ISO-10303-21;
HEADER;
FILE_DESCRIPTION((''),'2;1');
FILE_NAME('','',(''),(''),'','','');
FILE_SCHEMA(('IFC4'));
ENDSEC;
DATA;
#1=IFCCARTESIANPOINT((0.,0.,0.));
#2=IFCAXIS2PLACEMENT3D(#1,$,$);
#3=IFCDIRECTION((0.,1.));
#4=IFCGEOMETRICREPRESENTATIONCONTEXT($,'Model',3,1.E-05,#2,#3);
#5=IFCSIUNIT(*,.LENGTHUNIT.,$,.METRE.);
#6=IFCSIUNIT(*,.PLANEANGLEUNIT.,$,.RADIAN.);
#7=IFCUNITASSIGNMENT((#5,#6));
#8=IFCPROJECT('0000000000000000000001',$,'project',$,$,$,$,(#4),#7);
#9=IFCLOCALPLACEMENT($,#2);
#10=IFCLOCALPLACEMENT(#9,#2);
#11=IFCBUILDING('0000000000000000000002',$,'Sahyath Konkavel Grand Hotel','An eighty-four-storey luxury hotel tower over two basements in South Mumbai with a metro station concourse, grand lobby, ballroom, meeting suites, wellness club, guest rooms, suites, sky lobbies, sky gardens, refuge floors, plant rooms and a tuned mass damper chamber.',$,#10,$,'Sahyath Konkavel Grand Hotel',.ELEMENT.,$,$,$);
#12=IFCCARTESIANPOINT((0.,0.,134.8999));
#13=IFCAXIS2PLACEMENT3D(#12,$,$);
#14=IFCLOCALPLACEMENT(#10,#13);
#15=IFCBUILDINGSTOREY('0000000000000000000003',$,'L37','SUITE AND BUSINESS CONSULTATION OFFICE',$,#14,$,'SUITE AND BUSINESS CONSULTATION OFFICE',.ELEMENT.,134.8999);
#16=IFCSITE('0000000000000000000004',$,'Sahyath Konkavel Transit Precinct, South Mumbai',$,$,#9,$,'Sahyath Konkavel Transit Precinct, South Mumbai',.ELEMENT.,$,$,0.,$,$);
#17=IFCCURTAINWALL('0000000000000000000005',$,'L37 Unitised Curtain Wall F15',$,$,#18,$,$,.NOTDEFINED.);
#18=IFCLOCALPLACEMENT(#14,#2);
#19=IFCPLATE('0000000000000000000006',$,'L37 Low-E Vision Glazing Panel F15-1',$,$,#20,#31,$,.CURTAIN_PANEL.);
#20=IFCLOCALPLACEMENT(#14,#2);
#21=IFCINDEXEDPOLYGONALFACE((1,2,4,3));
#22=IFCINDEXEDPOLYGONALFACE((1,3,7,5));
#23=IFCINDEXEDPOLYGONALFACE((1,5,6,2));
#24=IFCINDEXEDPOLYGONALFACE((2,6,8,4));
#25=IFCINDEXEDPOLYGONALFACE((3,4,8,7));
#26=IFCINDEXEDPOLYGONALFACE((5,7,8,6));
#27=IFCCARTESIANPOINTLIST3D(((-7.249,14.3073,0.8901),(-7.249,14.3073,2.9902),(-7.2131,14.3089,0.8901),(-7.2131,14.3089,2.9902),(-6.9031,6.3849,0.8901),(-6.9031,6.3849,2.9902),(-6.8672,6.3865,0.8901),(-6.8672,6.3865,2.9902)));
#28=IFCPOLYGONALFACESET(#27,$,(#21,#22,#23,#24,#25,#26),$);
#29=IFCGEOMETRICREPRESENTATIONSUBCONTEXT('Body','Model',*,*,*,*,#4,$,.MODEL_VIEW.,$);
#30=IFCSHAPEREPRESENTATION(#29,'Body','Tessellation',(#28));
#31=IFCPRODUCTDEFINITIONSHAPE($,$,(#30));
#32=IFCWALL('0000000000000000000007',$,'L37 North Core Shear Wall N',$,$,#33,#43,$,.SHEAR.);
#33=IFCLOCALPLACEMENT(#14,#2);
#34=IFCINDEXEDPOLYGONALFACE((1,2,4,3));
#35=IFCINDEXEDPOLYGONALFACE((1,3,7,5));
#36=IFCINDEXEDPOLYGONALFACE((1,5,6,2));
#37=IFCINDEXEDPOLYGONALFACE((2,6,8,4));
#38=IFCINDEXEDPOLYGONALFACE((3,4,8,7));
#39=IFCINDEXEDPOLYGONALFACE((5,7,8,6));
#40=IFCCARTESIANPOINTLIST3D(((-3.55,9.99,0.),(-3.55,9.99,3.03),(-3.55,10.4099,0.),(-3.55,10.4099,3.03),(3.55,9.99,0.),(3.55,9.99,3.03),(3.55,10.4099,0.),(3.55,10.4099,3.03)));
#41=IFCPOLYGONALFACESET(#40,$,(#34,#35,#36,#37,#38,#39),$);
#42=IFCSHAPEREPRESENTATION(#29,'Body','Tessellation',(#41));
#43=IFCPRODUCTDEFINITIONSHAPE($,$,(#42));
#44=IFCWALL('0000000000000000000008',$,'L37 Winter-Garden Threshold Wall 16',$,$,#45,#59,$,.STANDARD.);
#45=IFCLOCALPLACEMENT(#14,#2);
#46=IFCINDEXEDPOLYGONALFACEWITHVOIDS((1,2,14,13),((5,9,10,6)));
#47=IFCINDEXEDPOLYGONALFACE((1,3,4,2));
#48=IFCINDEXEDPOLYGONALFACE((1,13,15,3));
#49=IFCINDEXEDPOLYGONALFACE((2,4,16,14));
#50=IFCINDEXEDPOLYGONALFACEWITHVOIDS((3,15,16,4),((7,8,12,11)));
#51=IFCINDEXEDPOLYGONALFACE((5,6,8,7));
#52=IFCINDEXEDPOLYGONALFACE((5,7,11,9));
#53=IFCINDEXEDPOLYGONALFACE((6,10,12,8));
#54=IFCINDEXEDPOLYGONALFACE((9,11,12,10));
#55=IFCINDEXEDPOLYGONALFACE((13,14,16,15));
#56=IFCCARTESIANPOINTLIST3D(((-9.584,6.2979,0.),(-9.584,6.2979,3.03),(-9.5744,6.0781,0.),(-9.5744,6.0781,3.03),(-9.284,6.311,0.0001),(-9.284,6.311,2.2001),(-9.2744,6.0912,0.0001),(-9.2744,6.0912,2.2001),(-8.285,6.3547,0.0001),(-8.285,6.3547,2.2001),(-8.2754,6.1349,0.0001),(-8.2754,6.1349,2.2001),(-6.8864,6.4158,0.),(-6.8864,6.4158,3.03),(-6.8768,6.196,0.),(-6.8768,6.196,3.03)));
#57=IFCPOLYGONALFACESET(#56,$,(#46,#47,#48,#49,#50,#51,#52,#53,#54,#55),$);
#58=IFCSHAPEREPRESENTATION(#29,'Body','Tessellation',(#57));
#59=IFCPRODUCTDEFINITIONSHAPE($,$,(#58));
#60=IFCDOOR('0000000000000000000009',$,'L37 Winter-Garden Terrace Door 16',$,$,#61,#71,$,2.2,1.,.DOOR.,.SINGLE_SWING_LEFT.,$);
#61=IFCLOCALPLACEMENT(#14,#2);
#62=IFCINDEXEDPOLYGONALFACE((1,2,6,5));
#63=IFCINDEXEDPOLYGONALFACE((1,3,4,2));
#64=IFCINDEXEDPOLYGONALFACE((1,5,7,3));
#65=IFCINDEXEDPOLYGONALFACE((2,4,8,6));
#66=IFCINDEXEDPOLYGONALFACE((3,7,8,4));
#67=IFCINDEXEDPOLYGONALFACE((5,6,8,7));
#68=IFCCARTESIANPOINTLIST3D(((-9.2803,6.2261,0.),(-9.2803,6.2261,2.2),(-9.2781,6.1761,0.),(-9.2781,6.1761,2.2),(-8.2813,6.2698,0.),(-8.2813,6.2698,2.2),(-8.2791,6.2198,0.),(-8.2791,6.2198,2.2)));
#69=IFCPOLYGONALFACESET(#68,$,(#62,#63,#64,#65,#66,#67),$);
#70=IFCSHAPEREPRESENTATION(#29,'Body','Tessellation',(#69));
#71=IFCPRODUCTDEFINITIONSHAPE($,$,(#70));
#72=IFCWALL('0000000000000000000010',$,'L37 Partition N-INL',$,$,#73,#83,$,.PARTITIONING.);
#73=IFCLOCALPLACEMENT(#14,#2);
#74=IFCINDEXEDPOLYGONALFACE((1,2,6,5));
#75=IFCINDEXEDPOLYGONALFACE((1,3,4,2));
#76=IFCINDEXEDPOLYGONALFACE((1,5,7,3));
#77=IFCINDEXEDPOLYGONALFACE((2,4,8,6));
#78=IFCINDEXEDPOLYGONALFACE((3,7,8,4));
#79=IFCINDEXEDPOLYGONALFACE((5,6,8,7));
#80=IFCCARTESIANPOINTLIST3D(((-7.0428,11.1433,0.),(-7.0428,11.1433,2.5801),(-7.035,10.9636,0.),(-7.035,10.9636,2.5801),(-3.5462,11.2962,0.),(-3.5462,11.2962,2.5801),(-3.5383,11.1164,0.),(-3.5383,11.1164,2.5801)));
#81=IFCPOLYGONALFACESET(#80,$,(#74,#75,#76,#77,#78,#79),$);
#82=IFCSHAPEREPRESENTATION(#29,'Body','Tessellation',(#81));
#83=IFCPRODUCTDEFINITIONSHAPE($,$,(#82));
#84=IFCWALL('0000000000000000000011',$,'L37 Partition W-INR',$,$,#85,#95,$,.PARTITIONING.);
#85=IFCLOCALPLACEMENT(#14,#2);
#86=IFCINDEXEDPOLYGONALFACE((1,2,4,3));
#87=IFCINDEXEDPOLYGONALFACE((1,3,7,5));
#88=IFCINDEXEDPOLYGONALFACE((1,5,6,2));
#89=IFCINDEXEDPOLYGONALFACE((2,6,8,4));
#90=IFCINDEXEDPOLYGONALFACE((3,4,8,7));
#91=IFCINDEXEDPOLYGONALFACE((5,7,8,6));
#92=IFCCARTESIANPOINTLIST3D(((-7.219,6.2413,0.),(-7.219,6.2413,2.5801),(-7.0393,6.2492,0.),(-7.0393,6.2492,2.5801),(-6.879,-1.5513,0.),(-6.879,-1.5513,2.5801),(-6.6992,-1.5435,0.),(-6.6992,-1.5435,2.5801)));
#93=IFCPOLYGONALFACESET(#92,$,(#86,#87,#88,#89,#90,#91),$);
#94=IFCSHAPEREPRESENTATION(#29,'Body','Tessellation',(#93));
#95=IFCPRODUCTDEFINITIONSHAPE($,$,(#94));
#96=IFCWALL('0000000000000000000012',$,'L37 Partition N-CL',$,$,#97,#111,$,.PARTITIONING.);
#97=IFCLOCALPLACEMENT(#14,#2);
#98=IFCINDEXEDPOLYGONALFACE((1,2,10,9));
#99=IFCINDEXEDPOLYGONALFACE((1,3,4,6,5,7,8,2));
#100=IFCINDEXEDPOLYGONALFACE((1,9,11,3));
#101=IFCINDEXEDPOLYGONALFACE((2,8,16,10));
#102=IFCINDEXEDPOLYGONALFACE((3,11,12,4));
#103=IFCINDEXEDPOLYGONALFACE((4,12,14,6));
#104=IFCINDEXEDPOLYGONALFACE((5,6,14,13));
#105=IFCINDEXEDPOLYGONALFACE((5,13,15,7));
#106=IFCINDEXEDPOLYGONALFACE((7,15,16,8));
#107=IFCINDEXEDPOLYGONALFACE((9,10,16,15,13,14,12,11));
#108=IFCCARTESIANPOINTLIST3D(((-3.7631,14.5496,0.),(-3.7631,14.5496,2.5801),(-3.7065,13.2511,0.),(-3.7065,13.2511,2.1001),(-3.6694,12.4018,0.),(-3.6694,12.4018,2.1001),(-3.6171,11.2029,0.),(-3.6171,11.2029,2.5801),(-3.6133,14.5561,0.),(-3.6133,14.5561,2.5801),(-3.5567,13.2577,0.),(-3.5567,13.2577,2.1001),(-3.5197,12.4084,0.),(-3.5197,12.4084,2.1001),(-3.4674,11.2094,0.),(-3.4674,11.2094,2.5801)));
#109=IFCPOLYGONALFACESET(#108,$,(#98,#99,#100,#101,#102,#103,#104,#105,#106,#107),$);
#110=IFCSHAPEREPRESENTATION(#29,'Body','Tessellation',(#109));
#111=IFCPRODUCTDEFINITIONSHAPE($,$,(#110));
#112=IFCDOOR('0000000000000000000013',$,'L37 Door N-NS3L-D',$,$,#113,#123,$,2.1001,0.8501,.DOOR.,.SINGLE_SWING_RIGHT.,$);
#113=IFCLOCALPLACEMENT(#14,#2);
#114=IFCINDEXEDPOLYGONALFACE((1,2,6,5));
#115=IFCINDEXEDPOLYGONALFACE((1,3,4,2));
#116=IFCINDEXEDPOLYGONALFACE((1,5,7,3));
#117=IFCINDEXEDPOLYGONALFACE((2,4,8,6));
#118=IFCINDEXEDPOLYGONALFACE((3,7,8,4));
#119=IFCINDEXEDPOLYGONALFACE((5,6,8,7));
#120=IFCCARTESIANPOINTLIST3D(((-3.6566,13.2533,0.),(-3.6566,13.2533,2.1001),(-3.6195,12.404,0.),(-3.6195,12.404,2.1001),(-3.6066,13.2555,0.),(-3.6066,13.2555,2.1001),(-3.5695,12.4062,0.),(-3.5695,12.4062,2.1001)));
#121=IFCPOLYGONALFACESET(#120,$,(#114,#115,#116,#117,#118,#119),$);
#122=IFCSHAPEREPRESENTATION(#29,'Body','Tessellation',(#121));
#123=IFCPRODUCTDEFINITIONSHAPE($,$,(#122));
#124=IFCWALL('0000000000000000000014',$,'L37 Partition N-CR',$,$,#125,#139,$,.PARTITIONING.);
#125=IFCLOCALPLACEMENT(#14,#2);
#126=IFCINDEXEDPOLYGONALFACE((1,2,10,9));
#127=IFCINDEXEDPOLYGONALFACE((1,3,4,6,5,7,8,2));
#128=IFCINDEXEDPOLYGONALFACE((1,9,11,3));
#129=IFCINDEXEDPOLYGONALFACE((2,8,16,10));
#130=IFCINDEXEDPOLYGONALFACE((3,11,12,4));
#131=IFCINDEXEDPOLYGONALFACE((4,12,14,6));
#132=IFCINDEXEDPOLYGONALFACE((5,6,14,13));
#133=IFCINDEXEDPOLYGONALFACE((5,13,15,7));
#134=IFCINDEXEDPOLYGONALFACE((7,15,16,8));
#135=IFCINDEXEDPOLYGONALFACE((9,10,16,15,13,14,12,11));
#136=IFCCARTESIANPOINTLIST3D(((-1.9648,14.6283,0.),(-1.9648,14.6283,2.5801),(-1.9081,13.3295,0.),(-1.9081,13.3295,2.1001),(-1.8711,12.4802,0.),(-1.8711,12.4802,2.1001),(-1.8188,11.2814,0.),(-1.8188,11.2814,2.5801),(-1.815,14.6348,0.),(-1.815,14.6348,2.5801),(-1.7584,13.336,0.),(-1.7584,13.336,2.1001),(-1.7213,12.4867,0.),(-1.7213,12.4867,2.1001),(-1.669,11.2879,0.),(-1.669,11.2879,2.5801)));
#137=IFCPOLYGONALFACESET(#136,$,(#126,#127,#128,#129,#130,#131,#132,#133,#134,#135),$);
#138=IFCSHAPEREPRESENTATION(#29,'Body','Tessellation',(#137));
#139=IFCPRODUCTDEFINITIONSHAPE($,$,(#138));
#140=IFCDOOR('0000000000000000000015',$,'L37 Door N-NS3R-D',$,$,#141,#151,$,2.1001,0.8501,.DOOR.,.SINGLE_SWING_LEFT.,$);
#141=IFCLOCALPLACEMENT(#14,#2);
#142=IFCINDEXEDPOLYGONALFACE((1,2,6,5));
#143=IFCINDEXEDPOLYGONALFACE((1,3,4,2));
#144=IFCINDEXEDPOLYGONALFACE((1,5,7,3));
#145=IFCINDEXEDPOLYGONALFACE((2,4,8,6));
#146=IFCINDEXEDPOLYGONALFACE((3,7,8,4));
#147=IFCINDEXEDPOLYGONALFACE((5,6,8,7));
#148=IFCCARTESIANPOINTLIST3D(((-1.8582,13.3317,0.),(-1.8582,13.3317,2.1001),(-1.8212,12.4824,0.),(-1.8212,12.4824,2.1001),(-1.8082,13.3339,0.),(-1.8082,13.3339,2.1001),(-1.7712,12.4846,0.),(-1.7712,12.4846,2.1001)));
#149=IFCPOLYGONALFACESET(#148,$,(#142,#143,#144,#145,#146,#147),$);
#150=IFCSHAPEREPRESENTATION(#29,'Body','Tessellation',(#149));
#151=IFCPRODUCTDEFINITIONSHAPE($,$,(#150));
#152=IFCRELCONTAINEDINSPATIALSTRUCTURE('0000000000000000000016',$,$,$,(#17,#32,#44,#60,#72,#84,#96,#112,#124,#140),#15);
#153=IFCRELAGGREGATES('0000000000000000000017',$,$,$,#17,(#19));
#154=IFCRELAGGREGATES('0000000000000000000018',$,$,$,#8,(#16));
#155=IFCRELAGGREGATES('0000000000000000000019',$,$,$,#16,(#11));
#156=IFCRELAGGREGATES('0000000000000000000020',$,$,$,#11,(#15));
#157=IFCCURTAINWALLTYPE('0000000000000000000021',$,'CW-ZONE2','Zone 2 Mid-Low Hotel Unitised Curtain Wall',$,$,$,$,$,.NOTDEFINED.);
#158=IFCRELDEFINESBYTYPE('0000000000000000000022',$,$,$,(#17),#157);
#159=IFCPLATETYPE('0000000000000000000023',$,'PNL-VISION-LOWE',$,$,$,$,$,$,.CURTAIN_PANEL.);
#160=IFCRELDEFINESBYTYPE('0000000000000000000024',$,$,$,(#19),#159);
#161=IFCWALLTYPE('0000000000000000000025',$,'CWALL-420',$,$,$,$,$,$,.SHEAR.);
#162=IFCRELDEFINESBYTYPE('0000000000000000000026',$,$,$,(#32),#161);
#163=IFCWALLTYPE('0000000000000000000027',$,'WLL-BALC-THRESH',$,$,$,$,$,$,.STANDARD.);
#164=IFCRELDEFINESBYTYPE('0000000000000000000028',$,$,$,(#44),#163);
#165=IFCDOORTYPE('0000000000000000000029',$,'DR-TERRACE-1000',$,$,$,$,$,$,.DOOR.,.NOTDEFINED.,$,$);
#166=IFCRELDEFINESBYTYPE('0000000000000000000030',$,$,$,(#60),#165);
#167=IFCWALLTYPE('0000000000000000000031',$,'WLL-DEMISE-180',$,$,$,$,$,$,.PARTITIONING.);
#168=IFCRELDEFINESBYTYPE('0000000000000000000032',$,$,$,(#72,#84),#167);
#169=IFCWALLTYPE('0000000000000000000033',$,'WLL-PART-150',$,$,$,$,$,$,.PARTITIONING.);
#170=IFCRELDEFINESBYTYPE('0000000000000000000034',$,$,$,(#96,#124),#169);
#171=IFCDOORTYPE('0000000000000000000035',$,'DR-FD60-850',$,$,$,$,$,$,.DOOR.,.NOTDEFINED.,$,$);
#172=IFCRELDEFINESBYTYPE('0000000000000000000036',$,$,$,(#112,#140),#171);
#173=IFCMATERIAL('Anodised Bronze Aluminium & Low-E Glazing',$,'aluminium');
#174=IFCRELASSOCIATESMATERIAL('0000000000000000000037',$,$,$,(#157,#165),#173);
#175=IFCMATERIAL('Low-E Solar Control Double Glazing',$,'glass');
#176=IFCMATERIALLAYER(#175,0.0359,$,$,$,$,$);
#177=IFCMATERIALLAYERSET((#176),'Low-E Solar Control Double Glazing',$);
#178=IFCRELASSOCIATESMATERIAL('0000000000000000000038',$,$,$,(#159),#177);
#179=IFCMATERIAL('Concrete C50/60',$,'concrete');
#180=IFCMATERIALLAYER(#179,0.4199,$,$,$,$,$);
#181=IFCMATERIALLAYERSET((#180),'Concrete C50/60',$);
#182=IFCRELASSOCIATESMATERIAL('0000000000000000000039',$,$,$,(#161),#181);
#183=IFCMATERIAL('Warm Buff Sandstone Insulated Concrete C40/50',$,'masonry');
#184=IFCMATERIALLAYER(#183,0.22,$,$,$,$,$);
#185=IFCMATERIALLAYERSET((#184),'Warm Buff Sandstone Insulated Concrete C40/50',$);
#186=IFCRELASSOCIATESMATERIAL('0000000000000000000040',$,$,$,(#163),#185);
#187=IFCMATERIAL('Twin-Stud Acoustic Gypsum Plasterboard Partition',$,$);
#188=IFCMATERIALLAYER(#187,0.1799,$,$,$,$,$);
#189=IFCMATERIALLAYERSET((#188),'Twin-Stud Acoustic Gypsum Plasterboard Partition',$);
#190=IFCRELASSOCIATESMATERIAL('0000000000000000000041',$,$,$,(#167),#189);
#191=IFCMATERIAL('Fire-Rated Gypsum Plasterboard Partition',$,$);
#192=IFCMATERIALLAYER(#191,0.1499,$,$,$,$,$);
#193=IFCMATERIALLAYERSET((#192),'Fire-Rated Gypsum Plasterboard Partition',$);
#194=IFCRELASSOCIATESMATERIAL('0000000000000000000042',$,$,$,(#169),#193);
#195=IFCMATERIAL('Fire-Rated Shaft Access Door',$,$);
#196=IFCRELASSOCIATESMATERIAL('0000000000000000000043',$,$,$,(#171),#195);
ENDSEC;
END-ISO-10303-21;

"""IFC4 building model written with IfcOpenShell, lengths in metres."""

from ifc_helpers import new_model, si_unit, direction, frame, frame_2d, origin, origin_2d, place, context, subcontext, project, spatial, rectangle, extrude, source, transform, mapped, material, layer, layer_set, type_object, element, fill, aggregate, save


model = new_model("IFC4")

# Units and contexts
model_context = context("Model", 3, precision=1e-05, world=origin(), true_north=direction((0.0, 1.0)))
body_context = subcontext(model_context, "Body", "Model", "MODEL_VIEW")
ifc_project = project(units=[si_unit("LENGTHUNIT", "METRE"), si_unit("PLANEANGLEUNIT", "RADIAN")], contexts=[model_context])

# Site, building, storey
site_placement = place(None, origin())
site = spatial("IfcSite", under=ifc_project, at=site_placement, Name="Sahyath Konkavel Transit Precinct, South Mumbai", LongName="Sahyath Konkavel Transit Precinct, South Mumbai", CompositionType="ELEMENT", RefElevation=0.0)
building_placement = place(site_placement, origin())
building = spatial("IfcBuilding", under=site, at=building_placement, Name="Sahyath Konkavel Grand Hotel", Description="An eighty-four-storey luxury hotel tower over two basements in South Mumbai with a metro station concourse, grand lobby, ballroom, meeting suites, wellness club, guest rooms, suites, sky lobbies, sky gardens, refuge floors, plant rooms and a tuned mass damper chamber.", LongName="Sahyath Konkavel Grand Hotel", CompositionType="ELEMENT")
storey_placement = place(building_placement, frame((0.0, 0.0, 134.8999)))
storey = spatial("IfcBuildingStorey", under=building, at=storey_placement, Name="L37", Description="SUITE AND BUSINESS CONSULTATION OFFICE", LongName="SUITE AND BUSINESS CONSULTATION OFFICE", CompositionType="ELEMENT", Elevation=134.8999)

# Curtain wall
ifc_material_1 = material(Name="Anodised Bronze Aluminium & Low-E Glazing", Category="aluminium")
curtain_wall_type = type_object("IfcCurtainWallType", Name="CW-ZONE2", Description="Zone 2 Mid-Low Hotel Unitised Curtain Wall", PredefinedType="NOTDEFINED", material=ifc_material_1)
curtain_wall_1_placement = place(storey_placement, origin())
curtain_wall_1 = element("IfcCurtainWall", 1, at=curtain_wall_1_placement, inside=storey, type_object=curtain_wall_type, Name="L37 Unitised Curtain Wall F15", PredefinedType="NOTDEFINED")

# Plate
ifc_material_2 = material(Name="Low-E Solar Control Double Glazing", Category="glass")
ifc_layer_1 = layer(ifc_material_2, 0.0359)
ifc_layer_set_1 = layer_set([ifc_layer_1], Name="Low-E Solar Control Double Glazing")
plate_type_1 = type_object("IfcPlateType", Name="PNL-VISION-LOWE", PredefinedType="CURTAIN_PANEL", material=ifc_layer_set_1)
shared_shape_1 = source(origin(), body_context, "Body", "SweptSolid", [
    extrude(rectangle(XDim=7.9299, YDim=0.0359, at=origin_2d()), origin(), (0.0, 0.0, 1.0), 2.1001),
])
plate_1_placement = place(storey_placement, frame((-7.0581, 10.3469, 0.8901), z_axis=(0.0, 0.0, 1.0), x_axis=(0.043619, -0.999048, 0.0)))
plate_1 = element("IfcPlate", 2, at=plate_1_placement, type_object=plate_type_1, Name="L37 Low-E Vision Glazing Panel F15-1", PredefinedType="CURTAIN_PANEL", context=body_context, shape_type="MappedRepresentation", body=[
    mapped(shared_shape_1, transform((0.0, 0.0, 0.0), scale=1.0)),
])
aggregate(curtain_wall_1, [plate_1])

# Wall
ifc_material_3 = material(Name="Concrete C50/60", Category="concrete")
ifc_layer_2 = layer(ifc_material_3, 0.4199)
ifc_layer_set_2 = layer_set([ifc_layer_2], Name="Concrete C50/60")
wall_type_1 = type_object("IfcWallType", Name="CWALL-420", PredefinedType="SHEAR", material=ifc_layer_set_2)
wall_1_placement = place(storey_placement, frame((-3.55, 10.2, 0.0), z_axis=(0.0, 0.0, 1.0), x_axis=(1.0, 0.0, 0.0)))
element("IfcWall", 3, at=wall_1_placement, inside=storey, type_object=wall_type_1, Name="L37 North Core Shear Wall N", PredefinedType="SHEAR", context=body_context, shape_type="SweptSolid", body=[
    extrude(rectangle(XDim=7.1001, YDim=0.4199, at=frame_2d((3.55, 0.0))), origin(), (0.0, 0.0, 1.0), 3.03),
])

# Wall, opening, door
ifc_material_4 = material(Name="Warm Buff Sandstone Insulated Concrete C40/50", Category="masonry")
ifc_layer_3 = layer(ifc_material_4, 0.22)
ifc_layer_set_3 = layer_set([ifc_layer_3], Name="Warm Buff Sandstone Insulated Concrete C40/50")
wall_type_2 = type_object("IfcWallType", Name="WLL-BALC-THRESH", PredefinedType="STANDARD", material=ifc_layer_set_3)
wall_2_placement = place(storey_placement, frame((-6.8816, 6.3059, 0.0), z_axis=(0.0, 0.0, 1.0), x_axis=(-0.999046, -0.043673, 0.0)))
wall_2 = element("IfcWall", 4, at=wall_2_placement, inside=storey, type_object=wall_type_2, Name="L37 Winter-Garden Threshold Wall 16", PredefinedType="STANDARD", context=body_context, shape_type="SweptSolid", body=[
    extrude(rectangle(XDim=2.7002, YDim=0.22, at=frame_2d((1.3501, 0.0))), origin(), (0.0, 0.0, 1.0), 3.03),
])
opening_1_placement = place(wall_2_placement, frame((1.3999, 0.0, 0.0)))
opening_1 = element("IfcOpeningElement", 5, at=opening_1_placement, cuts=wall_2, PredefinedType="OPENING", context=body_context, shape_type="SweptSolid", body=[
    extrude(rectangle(XDim=1.0, YDim=2.2, at=frame_2d((0.5, 1.1001))), frame((0.0, 0.1201, 0.0), z_axis=(0.0, -1.0, 0.0), x_axis=(1.0, 0.0, 0.0)), (0.0, 0.0, 1.0), 0.24),
])
door_type_1 = type_object("IfcDoorType", Name="DR-TERRACE-1000", OperationType="NOTDEFINED", PredefinedType="DOOR", material=ifc_material_1)
shared_shape_2 = source(origin(), body_context, "Body", "SweptSolid", [
    extrude(rectangle(XDim=1.0, YDim=0.05, at=origin_2d()), origin(), (0.0, 0.0, 1.0), 2.2),
])
door_1_placement = place(opening_1_placement, frame((0.5, 0.0, 0.0)))
door_1 = element("IfcDoor", 6, at=door_1_placement, inside=storey, type_object=door_type_1, Name="L37 Winter-Garden Terrace Door 16", OperationType="SINGLE_SWING_LEFT", OverallHeight=2.2, OverallWidth=1.0, PredefinedType="DOOR", context=body_context, shape_type="MappedRepresentation", body=[
    mapped(shared_shape_2, transform((0.0, 0.0, 0.0), scale=1.0)),
])
fill(opening_1, door_1)

# Walls
ifc_material_5 = material(Name="Twin-Stud Acoustic Gypsum Plasterboard Partition")
ifc_layer_4 = layer(ifc_material_5, 0.1799)
ifc_layer_set_4 = layer_set([ifc_layer_4], Name="Twin-Stud Acoustic Gypsum Plasterboard Partition")
wall_type_3 = type_object("IfcWallType", Name="WLL-DEMISE-180", PredefinedType="PARTITIONING", material=ifc_layer_set_4)
wall_3_placement = place(storey_placement, frame((-3.5422, 11.2063, 0.0), z_axis=(0.0, 0.0, 1.0), x_axis=(-0.999046, -0.043667, 0.0)))
element("IfcWall", 7, at=wall_3_placement, inside=storey, type_object=wall_type_3, Name="L37 Partition N-INL", PredefinedType="PARTITIONING", context=body_context, shape_type="SweptSolid", body=[
    extrude(rectangle(XDim=3.5, YDim=0.1799, at=frame_2d((1.75, 0.0))), origin(), (0.0, 0.0, 1.0), 2.5801),
])
wall_4_placement = place(storey_placement, frame((-7.1292, 6.2451, 0.0), z_axis=(0.0, 0.0, 1.0), x_axis=(0.0436, -0.999049, 0.0)))
element("IfcWall", 8, at=wall_4_placement, inside=storey, type_object=wall_type_3, Name="L37 Partition W-INR", PredefinedType="PARTITIONING", context=body_context, shape_type="SweptSolid", body=[
    extrude(rectangle(XDim=7.8, YDim=0.1799, at=frame_2d((3.8999, 0.0))), origin(), (0.0, 0.0, 1.0), 2.5801),
])

# Walls, openings, doors
ifc_material_6 = material(Name="Fire-Rated Gypsum Plasterboard Partition")
ifc_layer_5 = layer(ifc_material_6, 0.1499)
ifc_layer_set_5 = layer_set([ifc_layer_5], Name="Fire-Rated Gypsum Plasterboard Partition")
wall_type_4 = type_object("IfcWallType", Name="WLL-PART-150", PredefinedType="PARTITIONING", material=ifc_layer_set_5)
wall_5_placement = place(storey_placement, frame((-3.5422, 11.2063, 0.0), z_axis=(0.0, 0.0, 1.0), x_axis=(-0.043583, 0.99905, 0.0)))
wall_5 = element("IfcWall", 9, at=wall_5_placement, inside=storey, type_object=wall_type_4, Name="L37 Partition N-CL", PredefinedType="PARTITIONING", context=body_context, shape_type="SweptSolid", body=[
    extrude(rectangle(XDim=3.3499, YDim=0.1499, at=frame_2d((1.6748, 0.0))), origin(), (0.0, 0.0, 1.0), 2.5801),
])
opening_2_placement = place(wall_5_placement, frame((1.2, 0.0, 0.0)))
opening_2 = element("IfcOpeningElement", 10, at=opening_2_placement, cuts=wall_5, PredefinedType="OPENING", context=body_context, shape_type="SweptSolid", body=[
    extrude(rectangle(XDim=0.8501, YDim=2.1001, at=frame_2d((0.425, 1.05))), frame((0.0, 0.085, 0.0), z_axis=(0.0, -1.0, 0.0), x_axis=(1.0, 0.0, 0.0)), (0.0, 0.0, 1.0), 0.1699),
])
ifc_material_7 = material(Name="Fire-Rated Shaft Access Door")
door_type_2 = type_object("IfcDoorType", Name="DR-FD60-850", OperationType="NOTDEFINED", PredefinedType="DOOR", material=ifc_material_7)
shared_shape_3 = source(origin(), body_context, "Body", "SweptSolid", [
    extrude(rectangle(XDim=0.8501, YDim=0.05, at=origin_2d()), origin(), (0.0, 0.0, 1.0), 2.1001),
])
door_2_placement = place(opening_2_placement, frame((0.425, 0.0, 0.0)))
door_2 = element("IfcDoor", 11, at=door_2_placement, inside=storey, type_object=door_type_2, Name="L37 Door N-NS3L-D", OperationType="SINGLE_SWING_RIGHT", OverallHeight=2.1001, OverallWidth=0.8501, PredefinedType="DOOR", context=body_context, shape_type="MappedRepresentation", body=[
    mapped(shared_shape_3, transform((0.0, 0.0, 0.0), scale=1.0)),
])
fill(opening_2, door_2)
wall_6_placement = place(storey_placement, frame((-1.7439, 11.2847, 0.0), z_axis=(0.0, 0.0, 1.0), x_axis=(-0.04358, 0.99905, 0.0)))
wall_6 = element("IfcWall", 12, at=wall_6_placement, inside=storey, type_object=wall_type_4, Name="L37 Partition N-CR", PredefinedType="PARTITIONING", context=body_context, shape_type="SweptSolid", body=[
    extrude(rectangle(XDim=3.3501, YDim=0.1499, at=frame_2d((1.675, 0.0))), origin(), (0.0, 0.0, 1.0), 2.5801),
])
opening_3_placement = place(wall_6_placement, frame((1.2, 0.0, 0.0)))
opening_3 = element("IfcOpeningElement", 13, at=opening_3_placement, cuts=wall_6, PredefinedType="OPENING", context=body_context, shape_type="SweptSolid", body=[
    extrude(rectangle(XDim=0.8501, YDim=2.1001, at=frame_2d((0.425, 1.05))), frame((0.0, 0.085, 0.0), z_axis=(0.0, -1.0, 0.0), x_axis=(1.0, 0.0, 0.0)), (0.0, 0.0, 1.0), 0.1699),
])
door_3_placement = place(opening_3_placement, frame((0.425, 0.0, 0.0)))
door_3 = element("IfcDoor", 14, at=door_3_placement, inside=storey, type_object=door_type_2, Name="L37 Door N-NS3R-D", OperationType="SINGLE_SWING_LEFT", OverallHeight=2.1001, OverallWidth=0.8501, PredefinedType="DOOR", context=body_context, shape_type="MappedRepresentation", body=[
    mapped(shared_shape_3, transform((0.0, 0.0, 0.0), scale=1.0)),
])
fill(opening_3, door_3)

save(model, "model.ifc")
